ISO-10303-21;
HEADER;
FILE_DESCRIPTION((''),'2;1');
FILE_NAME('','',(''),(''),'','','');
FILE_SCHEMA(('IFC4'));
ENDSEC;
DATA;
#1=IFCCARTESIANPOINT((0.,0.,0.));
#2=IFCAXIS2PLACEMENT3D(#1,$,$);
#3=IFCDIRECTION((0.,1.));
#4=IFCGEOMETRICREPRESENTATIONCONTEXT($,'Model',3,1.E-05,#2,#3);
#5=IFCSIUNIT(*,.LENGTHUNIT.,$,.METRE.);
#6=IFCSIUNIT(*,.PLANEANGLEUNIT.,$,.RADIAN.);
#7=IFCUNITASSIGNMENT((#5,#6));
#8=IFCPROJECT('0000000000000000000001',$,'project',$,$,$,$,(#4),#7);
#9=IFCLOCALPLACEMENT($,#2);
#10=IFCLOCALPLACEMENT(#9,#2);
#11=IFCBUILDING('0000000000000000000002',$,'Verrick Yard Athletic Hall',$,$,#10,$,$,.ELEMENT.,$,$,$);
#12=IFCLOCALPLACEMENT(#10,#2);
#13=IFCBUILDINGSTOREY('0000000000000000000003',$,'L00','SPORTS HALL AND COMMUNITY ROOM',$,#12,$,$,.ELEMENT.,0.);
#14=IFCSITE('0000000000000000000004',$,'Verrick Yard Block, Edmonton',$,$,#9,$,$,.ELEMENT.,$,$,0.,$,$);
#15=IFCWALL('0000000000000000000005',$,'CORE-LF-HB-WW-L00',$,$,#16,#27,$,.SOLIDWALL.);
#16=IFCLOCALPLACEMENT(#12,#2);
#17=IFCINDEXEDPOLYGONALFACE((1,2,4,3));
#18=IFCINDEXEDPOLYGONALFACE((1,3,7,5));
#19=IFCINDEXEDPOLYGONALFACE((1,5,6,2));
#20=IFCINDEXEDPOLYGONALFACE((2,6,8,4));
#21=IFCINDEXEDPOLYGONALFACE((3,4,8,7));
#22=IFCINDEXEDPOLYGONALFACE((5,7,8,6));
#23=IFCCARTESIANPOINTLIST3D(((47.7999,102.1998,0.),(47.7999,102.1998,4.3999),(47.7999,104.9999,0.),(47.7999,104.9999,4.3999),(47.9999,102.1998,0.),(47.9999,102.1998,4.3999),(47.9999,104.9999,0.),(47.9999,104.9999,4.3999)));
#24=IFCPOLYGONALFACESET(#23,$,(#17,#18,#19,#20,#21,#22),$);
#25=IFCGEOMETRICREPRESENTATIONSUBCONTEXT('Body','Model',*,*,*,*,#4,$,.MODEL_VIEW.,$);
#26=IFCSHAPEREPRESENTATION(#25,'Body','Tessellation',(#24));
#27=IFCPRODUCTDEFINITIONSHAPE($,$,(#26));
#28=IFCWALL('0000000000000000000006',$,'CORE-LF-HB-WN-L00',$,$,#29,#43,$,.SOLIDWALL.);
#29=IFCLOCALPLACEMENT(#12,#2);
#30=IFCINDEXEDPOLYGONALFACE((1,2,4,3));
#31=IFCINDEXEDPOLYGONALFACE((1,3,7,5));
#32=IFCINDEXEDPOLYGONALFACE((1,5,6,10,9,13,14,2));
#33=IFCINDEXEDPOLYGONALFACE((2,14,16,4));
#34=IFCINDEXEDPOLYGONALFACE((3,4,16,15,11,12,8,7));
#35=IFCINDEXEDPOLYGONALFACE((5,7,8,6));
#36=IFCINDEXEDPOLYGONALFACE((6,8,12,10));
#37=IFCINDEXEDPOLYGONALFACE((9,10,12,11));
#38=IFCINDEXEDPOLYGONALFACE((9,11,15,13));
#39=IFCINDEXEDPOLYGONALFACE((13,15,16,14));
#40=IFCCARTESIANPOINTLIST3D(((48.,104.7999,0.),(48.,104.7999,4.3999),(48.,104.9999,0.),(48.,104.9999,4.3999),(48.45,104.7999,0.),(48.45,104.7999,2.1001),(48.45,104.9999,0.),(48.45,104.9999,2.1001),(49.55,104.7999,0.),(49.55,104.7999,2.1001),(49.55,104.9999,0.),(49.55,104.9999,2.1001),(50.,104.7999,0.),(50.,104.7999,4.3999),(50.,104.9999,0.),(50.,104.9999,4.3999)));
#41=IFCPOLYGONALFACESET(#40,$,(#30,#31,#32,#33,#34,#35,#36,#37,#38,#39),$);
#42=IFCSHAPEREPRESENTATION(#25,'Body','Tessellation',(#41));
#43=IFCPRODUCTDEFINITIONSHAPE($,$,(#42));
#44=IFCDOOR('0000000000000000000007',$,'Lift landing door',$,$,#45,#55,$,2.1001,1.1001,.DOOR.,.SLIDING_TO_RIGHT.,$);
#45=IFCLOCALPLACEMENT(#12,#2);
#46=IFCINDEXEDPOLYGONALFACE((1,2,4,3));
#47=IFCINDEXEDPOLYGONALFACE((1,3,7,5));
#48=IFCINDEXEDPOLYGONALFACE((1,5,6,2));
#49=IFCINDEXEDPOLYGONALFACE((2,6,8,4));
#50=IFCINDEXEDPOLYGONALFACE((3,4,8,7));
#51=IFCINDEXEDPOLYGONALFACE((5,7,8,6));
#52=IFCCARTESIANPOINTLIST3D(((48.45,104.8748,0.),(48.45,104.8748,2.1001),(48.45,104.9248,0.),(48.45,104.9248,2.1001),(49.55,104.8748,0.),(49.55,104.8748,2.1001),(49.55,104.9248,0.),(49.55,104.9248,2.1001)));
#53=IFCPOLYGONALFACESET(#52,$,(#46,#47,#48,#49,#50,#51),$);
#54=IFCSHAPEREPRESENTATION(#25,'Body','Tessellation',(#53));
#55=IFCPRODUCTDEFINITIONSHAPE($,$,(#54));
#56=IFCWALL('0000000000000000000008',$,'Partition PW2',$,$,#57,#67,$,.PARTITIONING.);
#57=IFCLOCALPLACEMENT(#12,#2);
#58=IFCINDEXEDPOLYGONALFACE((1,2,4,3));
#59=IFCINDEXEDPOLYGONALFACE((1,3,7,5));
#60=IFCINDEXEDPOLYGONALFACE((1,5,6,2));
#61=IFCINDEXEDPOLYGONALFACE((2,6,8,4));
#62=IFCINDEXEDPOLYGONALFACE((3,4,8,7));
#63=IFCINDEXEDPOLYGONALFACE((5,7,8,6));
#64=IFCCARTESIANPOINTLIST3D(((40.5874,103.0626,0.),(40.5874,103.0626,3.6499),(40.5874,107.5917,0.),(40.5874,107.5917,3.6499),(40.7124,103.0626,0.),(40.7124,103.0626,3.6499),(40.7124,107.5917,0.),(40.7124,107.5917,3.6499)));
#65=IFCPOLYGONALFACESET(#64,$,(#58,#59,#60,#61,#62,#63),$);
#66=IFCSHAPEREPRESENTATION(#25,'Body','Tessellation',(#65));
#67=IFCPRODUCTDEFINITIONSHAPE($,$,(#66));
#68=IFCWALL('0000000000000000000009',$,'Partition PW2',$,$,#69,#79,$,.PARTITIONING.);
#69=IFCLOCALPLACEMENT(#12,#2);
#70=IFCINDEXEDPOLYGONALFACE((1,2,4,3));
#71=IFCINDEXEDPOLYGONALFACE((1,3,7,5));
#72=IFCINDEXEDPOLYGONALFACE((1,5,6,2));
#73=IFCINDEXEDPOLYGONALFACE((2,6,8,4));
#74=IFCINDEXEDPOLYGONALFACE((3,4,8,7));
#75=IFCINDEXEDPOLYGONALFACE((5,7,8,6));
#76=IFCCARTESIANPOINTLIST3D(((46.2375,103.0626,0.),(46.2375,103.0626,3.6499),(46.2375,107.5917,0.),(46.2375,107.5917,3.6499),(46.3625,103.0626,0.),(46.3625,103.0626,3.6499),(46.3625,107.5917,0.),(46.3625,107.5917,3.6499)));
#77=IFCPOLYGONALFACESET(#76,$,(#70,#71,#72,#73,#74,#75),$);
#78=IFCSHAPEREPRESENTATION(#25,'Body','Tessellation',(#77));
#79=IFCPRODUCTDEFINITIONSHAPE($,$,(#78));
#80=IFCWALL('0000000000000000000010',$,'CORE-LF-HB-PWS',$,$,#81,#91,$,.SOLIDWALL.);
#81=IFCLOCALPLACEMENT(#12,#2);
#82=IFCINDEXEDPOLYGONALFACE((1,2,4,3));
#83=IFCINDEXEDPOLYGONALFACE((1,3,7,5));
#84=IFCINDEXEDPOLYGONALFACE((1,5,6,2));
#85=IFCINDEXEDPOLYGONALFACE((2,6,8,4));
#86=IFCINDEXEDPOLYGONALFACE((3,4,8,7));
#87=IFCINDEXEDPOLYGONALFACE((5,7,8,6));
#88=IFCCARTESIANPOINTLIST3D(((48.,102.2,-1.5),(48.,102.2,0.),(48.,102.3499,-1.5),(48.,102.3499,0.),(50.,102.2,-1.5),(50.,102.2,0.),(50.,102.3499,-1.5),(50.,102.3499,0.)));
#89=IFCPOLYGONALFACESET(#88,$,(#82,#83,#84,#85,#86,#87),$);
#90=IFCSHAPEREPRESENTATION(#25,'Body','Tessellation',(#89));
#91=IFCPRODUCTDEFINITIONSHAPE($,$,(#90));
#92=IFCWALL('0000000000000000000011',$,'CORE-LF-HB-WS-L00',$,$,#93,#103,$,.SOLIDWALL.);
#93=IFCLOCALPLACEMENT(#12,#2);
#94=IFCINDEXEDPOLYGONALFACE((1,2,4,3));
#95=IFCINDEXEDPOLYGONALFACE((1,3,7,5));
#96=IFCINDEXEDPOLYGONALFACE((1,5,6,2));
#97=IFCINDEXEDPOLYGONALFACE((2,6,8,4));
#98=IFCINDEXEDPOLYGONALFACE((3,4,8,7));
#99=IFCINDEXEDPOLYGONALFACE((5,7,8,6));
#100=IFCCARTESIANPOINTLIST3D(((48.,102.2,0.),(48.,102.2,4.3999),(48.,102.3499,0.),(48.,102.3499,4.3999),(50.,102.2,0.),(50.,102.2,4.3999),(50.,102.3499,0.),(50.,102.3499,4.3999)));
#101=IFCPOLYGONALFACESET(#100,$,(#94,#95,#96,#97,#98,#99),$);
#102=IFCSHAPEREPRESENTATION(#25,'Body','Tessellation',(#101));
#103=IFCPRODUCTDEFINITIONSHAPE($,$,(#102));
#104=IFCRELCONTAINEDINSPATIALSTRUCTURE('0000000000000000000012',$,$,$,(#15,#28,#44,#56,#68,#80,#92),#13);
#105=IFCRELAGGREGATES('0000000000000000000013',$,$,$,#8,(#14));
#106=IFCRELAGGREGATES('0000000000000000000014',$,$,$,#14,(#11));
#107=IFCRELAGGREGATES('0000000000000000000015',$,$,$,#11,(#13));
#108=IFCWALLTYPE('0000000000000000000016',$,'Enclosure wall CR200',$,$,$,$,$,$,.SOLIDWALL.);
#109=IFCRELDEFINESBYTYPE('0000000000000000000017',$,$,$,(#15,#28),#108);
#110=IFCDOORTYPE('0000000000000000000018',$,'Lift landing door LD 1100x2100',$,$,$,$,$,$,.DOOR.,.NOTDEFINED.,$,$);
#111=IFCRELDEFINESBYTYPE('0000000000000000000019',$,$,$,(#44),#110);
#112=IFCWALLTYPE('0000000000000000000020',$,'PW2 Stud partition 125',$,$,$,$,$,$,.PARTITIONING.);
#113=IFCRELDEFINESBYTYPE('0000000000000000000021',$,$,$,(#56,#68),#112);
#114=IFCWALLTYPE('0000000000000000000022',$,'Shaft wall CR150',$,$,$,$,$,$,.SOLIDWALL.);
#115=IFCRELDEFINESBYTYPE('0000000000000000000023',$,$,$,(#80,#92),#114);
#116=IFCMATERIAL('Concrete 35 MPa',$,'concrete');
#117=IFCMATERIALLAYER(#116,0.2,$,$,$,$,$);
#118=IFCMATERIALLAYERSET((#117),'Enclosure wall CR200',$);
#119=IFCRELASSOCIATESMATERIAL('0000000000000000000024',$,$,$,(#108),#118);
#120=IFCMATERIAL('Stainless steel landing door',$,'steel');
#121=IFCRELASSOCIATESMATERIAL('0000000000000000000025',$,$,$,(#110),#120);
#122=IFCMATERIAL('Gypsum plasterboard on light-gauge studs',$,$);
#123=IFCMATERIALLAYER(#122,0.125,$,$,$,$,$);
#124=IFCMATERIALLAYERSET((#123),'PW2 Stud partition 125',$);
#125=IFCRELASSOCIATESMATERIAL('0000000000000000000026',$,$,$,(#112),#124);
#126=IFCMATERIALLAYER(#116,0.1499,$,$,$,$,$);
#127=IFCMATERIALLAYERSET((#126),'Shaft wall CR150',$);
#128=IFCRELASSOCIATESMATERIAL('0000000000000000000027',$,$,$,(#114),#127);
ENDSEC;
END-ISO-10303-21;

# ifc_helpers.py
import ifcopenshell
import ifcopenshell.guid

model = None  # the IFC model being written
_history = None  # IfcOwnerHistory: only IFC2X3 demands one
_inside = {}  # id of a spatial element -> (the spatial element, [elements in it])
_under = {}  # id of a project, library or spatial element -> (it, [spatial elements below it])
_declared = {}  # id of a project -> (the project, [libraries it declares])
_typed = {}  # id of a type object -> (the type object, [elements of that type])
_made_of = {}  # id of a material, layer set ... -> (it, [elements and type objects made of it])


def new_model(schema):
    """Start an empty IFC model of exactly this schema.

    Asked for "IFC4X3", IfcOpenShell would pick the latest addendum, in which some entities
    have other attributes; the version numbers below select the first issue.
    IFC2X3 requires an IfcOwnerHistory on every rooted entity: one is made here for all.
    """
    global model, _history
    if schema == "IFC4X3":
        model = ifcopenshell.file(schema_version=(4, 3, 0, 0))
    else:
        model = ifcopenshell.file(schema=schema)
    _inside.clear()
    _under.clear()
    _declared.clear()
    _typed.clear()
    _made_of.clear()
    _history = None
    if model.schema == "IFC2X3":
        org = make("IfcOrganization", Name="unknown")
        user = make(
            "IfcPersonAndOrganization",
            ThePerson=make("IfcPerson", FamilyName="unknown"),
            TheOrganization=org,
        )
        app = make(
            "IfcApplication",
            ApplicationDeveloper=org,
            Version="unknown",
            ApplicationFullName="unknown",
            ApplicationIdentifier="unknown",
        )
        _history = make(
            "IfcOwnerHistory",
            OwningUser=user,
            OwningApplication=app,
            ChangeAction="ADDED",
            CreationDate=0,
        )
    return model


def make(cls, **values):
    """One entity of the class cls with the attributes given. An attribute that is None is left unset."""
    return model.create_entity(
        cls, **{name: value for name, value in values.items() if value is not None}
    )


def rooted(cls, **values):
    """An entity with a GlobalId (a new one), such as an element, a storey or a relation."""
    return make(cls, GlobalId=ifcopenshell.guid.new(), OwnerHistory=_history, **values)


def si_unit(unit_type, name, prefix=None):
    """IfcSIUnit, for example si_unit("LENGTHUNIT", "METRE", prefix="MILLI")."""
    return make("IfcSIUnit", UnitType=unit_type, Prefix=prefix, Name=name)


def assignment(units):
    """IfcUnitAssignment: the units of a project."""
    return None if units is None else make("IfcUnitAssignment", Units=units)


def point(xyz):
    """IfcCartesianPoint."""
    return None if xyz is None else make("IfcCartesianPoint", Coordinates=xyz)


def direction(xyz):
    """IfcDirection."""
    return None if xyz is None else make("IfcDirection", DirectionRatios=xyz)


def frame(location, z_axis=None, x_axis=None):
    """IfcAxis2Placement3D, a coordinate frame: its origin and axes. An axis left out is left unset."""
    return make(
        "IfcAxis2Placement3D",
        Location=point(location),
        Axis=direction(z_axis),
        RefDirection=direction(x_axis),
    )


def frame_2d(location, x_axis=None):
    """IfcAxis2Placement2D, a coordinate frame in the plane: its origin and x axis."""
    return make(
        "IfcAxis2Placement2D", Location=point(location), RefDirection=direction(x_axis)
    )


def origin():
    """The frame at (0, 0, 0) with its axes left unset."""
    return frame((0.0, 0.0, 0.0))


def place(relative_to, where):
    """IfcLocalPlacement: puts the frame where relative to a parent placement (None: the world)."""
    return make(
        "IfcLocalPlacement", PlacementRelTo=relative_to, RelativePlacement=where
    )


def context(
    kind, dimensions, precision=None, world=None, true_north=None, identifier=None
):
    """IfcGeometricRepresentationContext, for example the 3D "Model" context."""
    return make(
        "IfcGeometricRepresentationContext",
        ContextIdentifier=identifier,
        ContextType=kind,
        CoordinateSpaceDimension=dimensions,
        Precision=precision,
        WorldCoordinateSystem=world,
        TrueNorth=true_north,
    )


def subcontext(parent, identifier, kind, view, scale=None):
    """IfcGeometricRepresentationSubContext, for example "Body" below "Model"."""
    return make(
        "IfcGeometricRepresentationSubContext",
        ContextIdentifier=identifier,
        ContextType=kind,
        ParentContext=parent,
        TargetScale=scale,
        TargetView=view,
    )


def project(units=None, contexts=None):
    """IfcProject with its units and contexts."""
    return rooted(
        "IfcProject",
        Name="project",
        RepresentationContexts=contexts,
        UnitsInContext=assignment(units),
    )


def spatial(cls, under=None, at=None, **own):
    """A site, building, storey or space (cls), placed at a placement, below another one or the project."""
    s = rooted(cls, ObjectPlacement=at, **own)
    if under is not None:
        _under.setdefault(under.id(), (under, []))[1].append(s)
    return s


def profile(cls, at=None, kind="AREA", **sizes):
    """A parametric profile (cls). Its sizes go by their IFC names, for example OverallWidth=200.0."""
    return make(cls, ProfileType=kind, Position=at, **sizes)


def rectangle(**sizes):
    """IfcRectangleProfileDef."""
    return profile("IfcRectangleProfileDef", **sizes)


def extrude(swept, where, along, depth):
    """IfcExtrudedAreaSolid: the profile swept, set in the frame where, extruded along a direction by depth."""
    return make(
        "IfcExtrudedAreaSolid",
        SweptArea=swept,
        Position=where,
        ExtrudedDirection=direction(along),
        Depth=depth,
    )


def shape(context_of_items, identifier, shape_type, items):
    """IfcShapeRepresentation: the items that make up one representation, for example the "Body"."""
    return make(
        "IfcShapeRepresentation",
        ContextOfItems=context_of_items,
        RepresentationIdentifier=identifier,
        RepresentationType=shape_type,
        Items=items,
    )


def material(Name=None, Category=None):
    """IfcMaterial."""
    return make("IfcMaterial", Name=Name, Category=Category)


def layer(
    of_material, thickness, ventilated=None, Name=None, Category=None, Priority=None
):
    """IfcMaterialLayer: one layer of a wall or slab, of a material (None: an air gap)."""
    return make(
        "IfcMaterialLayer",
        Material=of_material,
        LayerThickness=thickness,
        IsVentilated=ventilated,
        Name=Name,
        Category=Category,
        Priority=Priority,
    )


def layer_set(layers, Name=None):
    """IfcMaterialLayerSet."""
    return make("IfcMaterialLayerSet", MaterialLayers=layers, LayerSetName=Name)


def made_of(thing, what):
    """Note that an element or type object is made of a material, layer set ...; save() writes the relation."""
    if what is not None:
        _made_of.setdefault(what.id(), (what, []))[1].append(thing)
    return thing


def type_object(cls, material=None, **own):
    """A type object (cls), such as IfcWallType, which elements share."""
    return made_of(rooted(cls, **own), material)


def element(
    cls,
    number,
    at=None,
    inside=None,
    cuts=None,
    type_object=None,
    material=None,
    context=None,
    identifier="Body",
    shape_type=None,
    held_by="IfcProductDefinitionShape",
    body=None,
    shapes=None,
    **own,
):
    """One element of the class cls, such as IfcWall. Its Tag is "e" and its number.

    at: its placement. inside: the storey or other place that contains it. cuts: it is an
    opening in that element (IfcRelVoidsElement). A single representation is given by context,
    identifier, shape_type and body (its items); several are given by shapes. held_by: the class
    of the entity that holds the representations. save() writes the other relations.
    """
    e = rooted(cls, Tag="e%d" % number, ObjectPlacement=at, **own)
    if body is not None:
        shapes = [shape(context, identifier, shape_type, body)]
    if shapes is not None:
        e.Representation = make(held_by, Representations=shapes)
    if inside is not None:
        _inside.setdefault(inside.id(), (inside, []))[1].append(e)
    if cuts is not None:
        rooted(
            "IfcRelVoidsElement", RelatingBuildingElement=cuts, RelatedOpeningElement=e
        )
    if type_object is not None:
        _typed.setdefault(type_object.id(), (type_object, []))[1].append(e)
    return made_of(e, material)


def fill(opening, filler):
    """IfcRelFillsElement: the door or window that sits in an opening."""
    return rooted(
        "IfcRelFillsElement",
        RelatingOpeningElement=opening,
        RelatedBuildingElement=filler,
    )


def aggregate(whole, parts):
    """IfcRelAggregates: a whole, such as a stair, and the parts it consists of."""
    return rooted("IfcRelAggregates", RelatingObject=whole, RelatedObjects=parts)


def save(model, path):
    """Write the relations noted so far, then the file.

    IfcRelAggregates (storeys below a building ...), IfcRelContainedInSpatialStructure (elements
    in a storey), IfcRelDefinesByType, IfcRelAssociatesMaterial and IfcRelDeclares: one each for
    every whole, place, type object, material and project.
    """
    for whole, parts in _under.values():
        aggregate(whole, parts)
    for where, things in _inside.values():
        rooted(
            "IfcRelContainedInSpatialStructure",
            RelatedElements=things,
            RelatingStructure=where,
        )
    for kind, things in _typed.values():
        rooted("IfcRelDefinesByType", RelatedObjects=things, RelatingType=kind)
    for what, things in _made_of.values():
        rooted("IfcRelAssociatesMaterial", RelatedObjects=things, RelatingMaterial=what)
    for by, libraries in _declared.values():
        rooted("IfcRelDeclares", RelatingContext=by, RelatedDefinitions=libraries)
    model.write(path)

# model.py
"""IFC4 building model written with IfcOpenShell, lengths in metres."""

from ifc_helpers import new_model, si_unit, direction, frame, frame_2d, origin, place, context, subcontext, project, spatial, rectangle, extrude, material, layer, layer_set, type_object, element, fill, save


model = new_model("IFC4")

# Units and contexts
model_context = context("Model", 3, precision=1e-05, world=origin(), true_north=direction((0.0, 1.0)))
body_context = subcontext(model_context, "Body", "Model", "MODEL_VIEW")
ifc_project = project(units=[si_unit("LENGTHUNIT", "METRE"), si_unit("PLANEANGLEUNIT", "RADIAN")], contexts=[model_context])

# Site, building, storey
site_placement = place(None, origin())
site = spatial("IfcSite", under=ifc_project, at=site_placement, Name="Verrick Yard Block, Edmonton", CompositionType="ELEMENT", RefElevation=0.0)
building_placement = place(site_placement, origin())
building = spatial("IfcBuilding", under=site, at=building_placement, Name="Verrick Yard Athletic Hall", CompositionType="ELEMENT")
storey_placement = place(building_placement, origin())
storey = spatial("IfcBuildingStorey", under=building, at=storey_placement, Name="L00", Description="SPORTS HALL AND COMMUNITY ROOM", CompositionType="ELEMENT", Elevation=0.0)

# Shared definitions
ifc_material_1 = material(Name="Concrete 35 MPa", Category="concrete")

# Wall
ifc_layer_1 = layer(ifc_material_1, 0.2)
ifc_layer_set_1 = layer_set([ifc_layer_1], Name="Enclosure wall CR200")
wall_type_1 = type_object("IfcWallType", Name="Enclosure wall CR200", PredefinedType="SOLIDWALL", material=ifc_layer_set_1)
wall_1_placement = place(storey_placement, frame((47.8999, 102.2, 0.0), z_axis=(0.0, 0.0, 1.0), x_axis=(0.0, 1.0, 0.0)))
element("IfcWall", 1, at=wall_1_placement, inside=storey, type_object=wall_type_1, Name="CORE-LF-HB-WW-L00", PredefinedType="SOLIDWALL", context=body_context, shape_type="SweptSolid", body=[
    extrude(rectangle(XDim=2.8, YDim=0.2, at=frame_2d((1.3999, 0.0))), origin(), (0.0, 0.0, 1.0), 4.3999),
])

# Wall, opening, door
wall_2_placement = place(storey_placement, frame((48.0, 104.8999, 0.0), z_axis=(0.0, 0.0, 1.0), x_axis=(1.0, 0.0, 0.0)))
wall_2 = element("IfcWall", 2, at=wall_2_placement, inside=storey, type_object=wall_type_1, Name="CORE-LF-HB-WN-L00", PredefinedType="SOLIDWALL", context=body_context, shape_type="SweptSolid", body=[
    extrude(rectangle(XDim=2.0, YDim=0.2, at=frame_2d((1.0, 0.0))), origin(), (0.0, 0.0, 1.0), 4.3999),
])
opening_placement = place(wall_2_placement, frame((0.45, 0.0, 0.0)))
opening = element("IfcOpeningElement", 3, at=opening_placement, cuts=wall_2, PredefinedType="OPENING", context=body_context, shape_type="SweptSolid", body=[
    extrude(rectangle(XDim=1.1001, YDim=2.1001, at=frame_2d((0.55, 1.05))), frame((0.0, 0.1099, 0.0), z_axis=(0.0, -1.0, 0.0), x_axis=(1.0, 0.0, 0.0)), (0.0, 0.0, 1.0), 0.22),
])
ifc_material_2 = material(Name="Stainless steel landing door", Category="steel")
door_type = type_object("IfcDoorType", Name="Lift landing door LD 1100x2100", OperationType="NOTDEFINED", PredefinedType="DOOR", material=ifc_material_2)
door_placement = place(opening_placement, origin())
door = element("IfcDoor", 4, at=door_placement, inside=storey, type_object=door_type, Name="Lift landing door", OperationType="SLIDING_TO_RIGHT", OverallHeight=2.1001, OverallWidth=1.1001, PredefinedType="DOOR", context=body_context, shape_type="SweptSolid", body=[
    extrude(rectangle(XDim=1.1001, YDim=2.1001, at=frame_2d((0.55, 1.05))), frame((0.0, 0.0249, 0.0), z_axis=(0.0, -1.0, 0.0), x_axis=(1.0, 0.0, 0.0)), (0.0, 0.0, 1.0), 0.05),
])
fill(opening, door)

# Walls
ifc_material_3 = material(Name="Gypsum plasterboard on light-gauge studs")
ifc_layer_2 = layer(ifc_material_3, 0.125)
ifc_layer_set_2 = layer_set([ifc_layer_2], Name="PW2 Stud partition 125")
wall_type_2 = type_object("IfcWallType", Name="PW2 Stud partition 125", PredefinedType="PARTITIONING", material=ifc_layer_set_2)
for number, where, z_axis, x_axis, name in (
    (5, (40.6499, 103.0625, 0.0), (0.0, 0.0, 1.0), (0.0, 1.0, 0.0), "Partition PW2"),
    (6, (46.3, 103.0625, 0.0), (0.0, 0.0, 1.0), (0.0, 1.0, 0.0), "Partition PW2"),
):
    element("IfcWall", number, at=place(storey_placement, frame(where, z_axis=z_axis, x_axis=x_axis)), inside=storey, type_object=wall_type_2, Name=name, PredefinedType="PARTITIONING", context=body_context, shape_type="SweptSolid", body=[
        extrude(rectangle(XDim=4.5291, YDim=0.125, at=frame_2d((2.2646, 0.0))), origin(), (0.0, 0.0, 1.0), 3.6499),
    ])
ifc_layer_3 = layer(ifc_material_1, 0.1499)
ifc_layer_set_3 = layer_set([ifc_layer_3], Name="Shaft wall CR150")
wall_type_3 = type_object("IfcWallType", Name="Shaft wall CR150", PredefinedType="SOLIDWALL", material=ifc_layer_set_3)
wall_3_placement = place(storey_placement, frame((48.0, 102.2749, -1.5), z_axis=(0.0, 0.0, 1.0), x_axis=(1.0, 0.0, 0.0)))
element("IfcWall", 7, at=wall_3_placement, inside=storey, type_object=wall_type_3, Name="CORE-LF-HB-PWS", PredefinedType="SOLIDWALL", context=body_context, shape_type="SweptSolid", body=[
    extrude(rectangle(XDim=2.0, YDim=0.1499, at=frame_2d((1.0, 0.0))), origin(), (0.0, 0.0, 1.0), 1.5),
])
wall_4_placement = place(storey_placement, frame((48.0, 102.2749, 0.0), z_axis=(0.0, 0.0, 1.0), x_axis=(1.0, 0.0, 0.0)))
element("IfcWall", 8, at=wall_4_placement, inside=storey, type_object=wall_type_3, Name="CORE-LF-HB-WS-L00", PredefinedType="SOLIDWALL", context=body_context, shape_type="SweptSolid", body=[
    extrude(rectangle(XDim=2.0, YDim=0.1499, at=frame_2d((1.0, 0.0))), origin(), (0.0, 0.0, 1.0), 4.3999),
])

save(model, "model.ifc")
